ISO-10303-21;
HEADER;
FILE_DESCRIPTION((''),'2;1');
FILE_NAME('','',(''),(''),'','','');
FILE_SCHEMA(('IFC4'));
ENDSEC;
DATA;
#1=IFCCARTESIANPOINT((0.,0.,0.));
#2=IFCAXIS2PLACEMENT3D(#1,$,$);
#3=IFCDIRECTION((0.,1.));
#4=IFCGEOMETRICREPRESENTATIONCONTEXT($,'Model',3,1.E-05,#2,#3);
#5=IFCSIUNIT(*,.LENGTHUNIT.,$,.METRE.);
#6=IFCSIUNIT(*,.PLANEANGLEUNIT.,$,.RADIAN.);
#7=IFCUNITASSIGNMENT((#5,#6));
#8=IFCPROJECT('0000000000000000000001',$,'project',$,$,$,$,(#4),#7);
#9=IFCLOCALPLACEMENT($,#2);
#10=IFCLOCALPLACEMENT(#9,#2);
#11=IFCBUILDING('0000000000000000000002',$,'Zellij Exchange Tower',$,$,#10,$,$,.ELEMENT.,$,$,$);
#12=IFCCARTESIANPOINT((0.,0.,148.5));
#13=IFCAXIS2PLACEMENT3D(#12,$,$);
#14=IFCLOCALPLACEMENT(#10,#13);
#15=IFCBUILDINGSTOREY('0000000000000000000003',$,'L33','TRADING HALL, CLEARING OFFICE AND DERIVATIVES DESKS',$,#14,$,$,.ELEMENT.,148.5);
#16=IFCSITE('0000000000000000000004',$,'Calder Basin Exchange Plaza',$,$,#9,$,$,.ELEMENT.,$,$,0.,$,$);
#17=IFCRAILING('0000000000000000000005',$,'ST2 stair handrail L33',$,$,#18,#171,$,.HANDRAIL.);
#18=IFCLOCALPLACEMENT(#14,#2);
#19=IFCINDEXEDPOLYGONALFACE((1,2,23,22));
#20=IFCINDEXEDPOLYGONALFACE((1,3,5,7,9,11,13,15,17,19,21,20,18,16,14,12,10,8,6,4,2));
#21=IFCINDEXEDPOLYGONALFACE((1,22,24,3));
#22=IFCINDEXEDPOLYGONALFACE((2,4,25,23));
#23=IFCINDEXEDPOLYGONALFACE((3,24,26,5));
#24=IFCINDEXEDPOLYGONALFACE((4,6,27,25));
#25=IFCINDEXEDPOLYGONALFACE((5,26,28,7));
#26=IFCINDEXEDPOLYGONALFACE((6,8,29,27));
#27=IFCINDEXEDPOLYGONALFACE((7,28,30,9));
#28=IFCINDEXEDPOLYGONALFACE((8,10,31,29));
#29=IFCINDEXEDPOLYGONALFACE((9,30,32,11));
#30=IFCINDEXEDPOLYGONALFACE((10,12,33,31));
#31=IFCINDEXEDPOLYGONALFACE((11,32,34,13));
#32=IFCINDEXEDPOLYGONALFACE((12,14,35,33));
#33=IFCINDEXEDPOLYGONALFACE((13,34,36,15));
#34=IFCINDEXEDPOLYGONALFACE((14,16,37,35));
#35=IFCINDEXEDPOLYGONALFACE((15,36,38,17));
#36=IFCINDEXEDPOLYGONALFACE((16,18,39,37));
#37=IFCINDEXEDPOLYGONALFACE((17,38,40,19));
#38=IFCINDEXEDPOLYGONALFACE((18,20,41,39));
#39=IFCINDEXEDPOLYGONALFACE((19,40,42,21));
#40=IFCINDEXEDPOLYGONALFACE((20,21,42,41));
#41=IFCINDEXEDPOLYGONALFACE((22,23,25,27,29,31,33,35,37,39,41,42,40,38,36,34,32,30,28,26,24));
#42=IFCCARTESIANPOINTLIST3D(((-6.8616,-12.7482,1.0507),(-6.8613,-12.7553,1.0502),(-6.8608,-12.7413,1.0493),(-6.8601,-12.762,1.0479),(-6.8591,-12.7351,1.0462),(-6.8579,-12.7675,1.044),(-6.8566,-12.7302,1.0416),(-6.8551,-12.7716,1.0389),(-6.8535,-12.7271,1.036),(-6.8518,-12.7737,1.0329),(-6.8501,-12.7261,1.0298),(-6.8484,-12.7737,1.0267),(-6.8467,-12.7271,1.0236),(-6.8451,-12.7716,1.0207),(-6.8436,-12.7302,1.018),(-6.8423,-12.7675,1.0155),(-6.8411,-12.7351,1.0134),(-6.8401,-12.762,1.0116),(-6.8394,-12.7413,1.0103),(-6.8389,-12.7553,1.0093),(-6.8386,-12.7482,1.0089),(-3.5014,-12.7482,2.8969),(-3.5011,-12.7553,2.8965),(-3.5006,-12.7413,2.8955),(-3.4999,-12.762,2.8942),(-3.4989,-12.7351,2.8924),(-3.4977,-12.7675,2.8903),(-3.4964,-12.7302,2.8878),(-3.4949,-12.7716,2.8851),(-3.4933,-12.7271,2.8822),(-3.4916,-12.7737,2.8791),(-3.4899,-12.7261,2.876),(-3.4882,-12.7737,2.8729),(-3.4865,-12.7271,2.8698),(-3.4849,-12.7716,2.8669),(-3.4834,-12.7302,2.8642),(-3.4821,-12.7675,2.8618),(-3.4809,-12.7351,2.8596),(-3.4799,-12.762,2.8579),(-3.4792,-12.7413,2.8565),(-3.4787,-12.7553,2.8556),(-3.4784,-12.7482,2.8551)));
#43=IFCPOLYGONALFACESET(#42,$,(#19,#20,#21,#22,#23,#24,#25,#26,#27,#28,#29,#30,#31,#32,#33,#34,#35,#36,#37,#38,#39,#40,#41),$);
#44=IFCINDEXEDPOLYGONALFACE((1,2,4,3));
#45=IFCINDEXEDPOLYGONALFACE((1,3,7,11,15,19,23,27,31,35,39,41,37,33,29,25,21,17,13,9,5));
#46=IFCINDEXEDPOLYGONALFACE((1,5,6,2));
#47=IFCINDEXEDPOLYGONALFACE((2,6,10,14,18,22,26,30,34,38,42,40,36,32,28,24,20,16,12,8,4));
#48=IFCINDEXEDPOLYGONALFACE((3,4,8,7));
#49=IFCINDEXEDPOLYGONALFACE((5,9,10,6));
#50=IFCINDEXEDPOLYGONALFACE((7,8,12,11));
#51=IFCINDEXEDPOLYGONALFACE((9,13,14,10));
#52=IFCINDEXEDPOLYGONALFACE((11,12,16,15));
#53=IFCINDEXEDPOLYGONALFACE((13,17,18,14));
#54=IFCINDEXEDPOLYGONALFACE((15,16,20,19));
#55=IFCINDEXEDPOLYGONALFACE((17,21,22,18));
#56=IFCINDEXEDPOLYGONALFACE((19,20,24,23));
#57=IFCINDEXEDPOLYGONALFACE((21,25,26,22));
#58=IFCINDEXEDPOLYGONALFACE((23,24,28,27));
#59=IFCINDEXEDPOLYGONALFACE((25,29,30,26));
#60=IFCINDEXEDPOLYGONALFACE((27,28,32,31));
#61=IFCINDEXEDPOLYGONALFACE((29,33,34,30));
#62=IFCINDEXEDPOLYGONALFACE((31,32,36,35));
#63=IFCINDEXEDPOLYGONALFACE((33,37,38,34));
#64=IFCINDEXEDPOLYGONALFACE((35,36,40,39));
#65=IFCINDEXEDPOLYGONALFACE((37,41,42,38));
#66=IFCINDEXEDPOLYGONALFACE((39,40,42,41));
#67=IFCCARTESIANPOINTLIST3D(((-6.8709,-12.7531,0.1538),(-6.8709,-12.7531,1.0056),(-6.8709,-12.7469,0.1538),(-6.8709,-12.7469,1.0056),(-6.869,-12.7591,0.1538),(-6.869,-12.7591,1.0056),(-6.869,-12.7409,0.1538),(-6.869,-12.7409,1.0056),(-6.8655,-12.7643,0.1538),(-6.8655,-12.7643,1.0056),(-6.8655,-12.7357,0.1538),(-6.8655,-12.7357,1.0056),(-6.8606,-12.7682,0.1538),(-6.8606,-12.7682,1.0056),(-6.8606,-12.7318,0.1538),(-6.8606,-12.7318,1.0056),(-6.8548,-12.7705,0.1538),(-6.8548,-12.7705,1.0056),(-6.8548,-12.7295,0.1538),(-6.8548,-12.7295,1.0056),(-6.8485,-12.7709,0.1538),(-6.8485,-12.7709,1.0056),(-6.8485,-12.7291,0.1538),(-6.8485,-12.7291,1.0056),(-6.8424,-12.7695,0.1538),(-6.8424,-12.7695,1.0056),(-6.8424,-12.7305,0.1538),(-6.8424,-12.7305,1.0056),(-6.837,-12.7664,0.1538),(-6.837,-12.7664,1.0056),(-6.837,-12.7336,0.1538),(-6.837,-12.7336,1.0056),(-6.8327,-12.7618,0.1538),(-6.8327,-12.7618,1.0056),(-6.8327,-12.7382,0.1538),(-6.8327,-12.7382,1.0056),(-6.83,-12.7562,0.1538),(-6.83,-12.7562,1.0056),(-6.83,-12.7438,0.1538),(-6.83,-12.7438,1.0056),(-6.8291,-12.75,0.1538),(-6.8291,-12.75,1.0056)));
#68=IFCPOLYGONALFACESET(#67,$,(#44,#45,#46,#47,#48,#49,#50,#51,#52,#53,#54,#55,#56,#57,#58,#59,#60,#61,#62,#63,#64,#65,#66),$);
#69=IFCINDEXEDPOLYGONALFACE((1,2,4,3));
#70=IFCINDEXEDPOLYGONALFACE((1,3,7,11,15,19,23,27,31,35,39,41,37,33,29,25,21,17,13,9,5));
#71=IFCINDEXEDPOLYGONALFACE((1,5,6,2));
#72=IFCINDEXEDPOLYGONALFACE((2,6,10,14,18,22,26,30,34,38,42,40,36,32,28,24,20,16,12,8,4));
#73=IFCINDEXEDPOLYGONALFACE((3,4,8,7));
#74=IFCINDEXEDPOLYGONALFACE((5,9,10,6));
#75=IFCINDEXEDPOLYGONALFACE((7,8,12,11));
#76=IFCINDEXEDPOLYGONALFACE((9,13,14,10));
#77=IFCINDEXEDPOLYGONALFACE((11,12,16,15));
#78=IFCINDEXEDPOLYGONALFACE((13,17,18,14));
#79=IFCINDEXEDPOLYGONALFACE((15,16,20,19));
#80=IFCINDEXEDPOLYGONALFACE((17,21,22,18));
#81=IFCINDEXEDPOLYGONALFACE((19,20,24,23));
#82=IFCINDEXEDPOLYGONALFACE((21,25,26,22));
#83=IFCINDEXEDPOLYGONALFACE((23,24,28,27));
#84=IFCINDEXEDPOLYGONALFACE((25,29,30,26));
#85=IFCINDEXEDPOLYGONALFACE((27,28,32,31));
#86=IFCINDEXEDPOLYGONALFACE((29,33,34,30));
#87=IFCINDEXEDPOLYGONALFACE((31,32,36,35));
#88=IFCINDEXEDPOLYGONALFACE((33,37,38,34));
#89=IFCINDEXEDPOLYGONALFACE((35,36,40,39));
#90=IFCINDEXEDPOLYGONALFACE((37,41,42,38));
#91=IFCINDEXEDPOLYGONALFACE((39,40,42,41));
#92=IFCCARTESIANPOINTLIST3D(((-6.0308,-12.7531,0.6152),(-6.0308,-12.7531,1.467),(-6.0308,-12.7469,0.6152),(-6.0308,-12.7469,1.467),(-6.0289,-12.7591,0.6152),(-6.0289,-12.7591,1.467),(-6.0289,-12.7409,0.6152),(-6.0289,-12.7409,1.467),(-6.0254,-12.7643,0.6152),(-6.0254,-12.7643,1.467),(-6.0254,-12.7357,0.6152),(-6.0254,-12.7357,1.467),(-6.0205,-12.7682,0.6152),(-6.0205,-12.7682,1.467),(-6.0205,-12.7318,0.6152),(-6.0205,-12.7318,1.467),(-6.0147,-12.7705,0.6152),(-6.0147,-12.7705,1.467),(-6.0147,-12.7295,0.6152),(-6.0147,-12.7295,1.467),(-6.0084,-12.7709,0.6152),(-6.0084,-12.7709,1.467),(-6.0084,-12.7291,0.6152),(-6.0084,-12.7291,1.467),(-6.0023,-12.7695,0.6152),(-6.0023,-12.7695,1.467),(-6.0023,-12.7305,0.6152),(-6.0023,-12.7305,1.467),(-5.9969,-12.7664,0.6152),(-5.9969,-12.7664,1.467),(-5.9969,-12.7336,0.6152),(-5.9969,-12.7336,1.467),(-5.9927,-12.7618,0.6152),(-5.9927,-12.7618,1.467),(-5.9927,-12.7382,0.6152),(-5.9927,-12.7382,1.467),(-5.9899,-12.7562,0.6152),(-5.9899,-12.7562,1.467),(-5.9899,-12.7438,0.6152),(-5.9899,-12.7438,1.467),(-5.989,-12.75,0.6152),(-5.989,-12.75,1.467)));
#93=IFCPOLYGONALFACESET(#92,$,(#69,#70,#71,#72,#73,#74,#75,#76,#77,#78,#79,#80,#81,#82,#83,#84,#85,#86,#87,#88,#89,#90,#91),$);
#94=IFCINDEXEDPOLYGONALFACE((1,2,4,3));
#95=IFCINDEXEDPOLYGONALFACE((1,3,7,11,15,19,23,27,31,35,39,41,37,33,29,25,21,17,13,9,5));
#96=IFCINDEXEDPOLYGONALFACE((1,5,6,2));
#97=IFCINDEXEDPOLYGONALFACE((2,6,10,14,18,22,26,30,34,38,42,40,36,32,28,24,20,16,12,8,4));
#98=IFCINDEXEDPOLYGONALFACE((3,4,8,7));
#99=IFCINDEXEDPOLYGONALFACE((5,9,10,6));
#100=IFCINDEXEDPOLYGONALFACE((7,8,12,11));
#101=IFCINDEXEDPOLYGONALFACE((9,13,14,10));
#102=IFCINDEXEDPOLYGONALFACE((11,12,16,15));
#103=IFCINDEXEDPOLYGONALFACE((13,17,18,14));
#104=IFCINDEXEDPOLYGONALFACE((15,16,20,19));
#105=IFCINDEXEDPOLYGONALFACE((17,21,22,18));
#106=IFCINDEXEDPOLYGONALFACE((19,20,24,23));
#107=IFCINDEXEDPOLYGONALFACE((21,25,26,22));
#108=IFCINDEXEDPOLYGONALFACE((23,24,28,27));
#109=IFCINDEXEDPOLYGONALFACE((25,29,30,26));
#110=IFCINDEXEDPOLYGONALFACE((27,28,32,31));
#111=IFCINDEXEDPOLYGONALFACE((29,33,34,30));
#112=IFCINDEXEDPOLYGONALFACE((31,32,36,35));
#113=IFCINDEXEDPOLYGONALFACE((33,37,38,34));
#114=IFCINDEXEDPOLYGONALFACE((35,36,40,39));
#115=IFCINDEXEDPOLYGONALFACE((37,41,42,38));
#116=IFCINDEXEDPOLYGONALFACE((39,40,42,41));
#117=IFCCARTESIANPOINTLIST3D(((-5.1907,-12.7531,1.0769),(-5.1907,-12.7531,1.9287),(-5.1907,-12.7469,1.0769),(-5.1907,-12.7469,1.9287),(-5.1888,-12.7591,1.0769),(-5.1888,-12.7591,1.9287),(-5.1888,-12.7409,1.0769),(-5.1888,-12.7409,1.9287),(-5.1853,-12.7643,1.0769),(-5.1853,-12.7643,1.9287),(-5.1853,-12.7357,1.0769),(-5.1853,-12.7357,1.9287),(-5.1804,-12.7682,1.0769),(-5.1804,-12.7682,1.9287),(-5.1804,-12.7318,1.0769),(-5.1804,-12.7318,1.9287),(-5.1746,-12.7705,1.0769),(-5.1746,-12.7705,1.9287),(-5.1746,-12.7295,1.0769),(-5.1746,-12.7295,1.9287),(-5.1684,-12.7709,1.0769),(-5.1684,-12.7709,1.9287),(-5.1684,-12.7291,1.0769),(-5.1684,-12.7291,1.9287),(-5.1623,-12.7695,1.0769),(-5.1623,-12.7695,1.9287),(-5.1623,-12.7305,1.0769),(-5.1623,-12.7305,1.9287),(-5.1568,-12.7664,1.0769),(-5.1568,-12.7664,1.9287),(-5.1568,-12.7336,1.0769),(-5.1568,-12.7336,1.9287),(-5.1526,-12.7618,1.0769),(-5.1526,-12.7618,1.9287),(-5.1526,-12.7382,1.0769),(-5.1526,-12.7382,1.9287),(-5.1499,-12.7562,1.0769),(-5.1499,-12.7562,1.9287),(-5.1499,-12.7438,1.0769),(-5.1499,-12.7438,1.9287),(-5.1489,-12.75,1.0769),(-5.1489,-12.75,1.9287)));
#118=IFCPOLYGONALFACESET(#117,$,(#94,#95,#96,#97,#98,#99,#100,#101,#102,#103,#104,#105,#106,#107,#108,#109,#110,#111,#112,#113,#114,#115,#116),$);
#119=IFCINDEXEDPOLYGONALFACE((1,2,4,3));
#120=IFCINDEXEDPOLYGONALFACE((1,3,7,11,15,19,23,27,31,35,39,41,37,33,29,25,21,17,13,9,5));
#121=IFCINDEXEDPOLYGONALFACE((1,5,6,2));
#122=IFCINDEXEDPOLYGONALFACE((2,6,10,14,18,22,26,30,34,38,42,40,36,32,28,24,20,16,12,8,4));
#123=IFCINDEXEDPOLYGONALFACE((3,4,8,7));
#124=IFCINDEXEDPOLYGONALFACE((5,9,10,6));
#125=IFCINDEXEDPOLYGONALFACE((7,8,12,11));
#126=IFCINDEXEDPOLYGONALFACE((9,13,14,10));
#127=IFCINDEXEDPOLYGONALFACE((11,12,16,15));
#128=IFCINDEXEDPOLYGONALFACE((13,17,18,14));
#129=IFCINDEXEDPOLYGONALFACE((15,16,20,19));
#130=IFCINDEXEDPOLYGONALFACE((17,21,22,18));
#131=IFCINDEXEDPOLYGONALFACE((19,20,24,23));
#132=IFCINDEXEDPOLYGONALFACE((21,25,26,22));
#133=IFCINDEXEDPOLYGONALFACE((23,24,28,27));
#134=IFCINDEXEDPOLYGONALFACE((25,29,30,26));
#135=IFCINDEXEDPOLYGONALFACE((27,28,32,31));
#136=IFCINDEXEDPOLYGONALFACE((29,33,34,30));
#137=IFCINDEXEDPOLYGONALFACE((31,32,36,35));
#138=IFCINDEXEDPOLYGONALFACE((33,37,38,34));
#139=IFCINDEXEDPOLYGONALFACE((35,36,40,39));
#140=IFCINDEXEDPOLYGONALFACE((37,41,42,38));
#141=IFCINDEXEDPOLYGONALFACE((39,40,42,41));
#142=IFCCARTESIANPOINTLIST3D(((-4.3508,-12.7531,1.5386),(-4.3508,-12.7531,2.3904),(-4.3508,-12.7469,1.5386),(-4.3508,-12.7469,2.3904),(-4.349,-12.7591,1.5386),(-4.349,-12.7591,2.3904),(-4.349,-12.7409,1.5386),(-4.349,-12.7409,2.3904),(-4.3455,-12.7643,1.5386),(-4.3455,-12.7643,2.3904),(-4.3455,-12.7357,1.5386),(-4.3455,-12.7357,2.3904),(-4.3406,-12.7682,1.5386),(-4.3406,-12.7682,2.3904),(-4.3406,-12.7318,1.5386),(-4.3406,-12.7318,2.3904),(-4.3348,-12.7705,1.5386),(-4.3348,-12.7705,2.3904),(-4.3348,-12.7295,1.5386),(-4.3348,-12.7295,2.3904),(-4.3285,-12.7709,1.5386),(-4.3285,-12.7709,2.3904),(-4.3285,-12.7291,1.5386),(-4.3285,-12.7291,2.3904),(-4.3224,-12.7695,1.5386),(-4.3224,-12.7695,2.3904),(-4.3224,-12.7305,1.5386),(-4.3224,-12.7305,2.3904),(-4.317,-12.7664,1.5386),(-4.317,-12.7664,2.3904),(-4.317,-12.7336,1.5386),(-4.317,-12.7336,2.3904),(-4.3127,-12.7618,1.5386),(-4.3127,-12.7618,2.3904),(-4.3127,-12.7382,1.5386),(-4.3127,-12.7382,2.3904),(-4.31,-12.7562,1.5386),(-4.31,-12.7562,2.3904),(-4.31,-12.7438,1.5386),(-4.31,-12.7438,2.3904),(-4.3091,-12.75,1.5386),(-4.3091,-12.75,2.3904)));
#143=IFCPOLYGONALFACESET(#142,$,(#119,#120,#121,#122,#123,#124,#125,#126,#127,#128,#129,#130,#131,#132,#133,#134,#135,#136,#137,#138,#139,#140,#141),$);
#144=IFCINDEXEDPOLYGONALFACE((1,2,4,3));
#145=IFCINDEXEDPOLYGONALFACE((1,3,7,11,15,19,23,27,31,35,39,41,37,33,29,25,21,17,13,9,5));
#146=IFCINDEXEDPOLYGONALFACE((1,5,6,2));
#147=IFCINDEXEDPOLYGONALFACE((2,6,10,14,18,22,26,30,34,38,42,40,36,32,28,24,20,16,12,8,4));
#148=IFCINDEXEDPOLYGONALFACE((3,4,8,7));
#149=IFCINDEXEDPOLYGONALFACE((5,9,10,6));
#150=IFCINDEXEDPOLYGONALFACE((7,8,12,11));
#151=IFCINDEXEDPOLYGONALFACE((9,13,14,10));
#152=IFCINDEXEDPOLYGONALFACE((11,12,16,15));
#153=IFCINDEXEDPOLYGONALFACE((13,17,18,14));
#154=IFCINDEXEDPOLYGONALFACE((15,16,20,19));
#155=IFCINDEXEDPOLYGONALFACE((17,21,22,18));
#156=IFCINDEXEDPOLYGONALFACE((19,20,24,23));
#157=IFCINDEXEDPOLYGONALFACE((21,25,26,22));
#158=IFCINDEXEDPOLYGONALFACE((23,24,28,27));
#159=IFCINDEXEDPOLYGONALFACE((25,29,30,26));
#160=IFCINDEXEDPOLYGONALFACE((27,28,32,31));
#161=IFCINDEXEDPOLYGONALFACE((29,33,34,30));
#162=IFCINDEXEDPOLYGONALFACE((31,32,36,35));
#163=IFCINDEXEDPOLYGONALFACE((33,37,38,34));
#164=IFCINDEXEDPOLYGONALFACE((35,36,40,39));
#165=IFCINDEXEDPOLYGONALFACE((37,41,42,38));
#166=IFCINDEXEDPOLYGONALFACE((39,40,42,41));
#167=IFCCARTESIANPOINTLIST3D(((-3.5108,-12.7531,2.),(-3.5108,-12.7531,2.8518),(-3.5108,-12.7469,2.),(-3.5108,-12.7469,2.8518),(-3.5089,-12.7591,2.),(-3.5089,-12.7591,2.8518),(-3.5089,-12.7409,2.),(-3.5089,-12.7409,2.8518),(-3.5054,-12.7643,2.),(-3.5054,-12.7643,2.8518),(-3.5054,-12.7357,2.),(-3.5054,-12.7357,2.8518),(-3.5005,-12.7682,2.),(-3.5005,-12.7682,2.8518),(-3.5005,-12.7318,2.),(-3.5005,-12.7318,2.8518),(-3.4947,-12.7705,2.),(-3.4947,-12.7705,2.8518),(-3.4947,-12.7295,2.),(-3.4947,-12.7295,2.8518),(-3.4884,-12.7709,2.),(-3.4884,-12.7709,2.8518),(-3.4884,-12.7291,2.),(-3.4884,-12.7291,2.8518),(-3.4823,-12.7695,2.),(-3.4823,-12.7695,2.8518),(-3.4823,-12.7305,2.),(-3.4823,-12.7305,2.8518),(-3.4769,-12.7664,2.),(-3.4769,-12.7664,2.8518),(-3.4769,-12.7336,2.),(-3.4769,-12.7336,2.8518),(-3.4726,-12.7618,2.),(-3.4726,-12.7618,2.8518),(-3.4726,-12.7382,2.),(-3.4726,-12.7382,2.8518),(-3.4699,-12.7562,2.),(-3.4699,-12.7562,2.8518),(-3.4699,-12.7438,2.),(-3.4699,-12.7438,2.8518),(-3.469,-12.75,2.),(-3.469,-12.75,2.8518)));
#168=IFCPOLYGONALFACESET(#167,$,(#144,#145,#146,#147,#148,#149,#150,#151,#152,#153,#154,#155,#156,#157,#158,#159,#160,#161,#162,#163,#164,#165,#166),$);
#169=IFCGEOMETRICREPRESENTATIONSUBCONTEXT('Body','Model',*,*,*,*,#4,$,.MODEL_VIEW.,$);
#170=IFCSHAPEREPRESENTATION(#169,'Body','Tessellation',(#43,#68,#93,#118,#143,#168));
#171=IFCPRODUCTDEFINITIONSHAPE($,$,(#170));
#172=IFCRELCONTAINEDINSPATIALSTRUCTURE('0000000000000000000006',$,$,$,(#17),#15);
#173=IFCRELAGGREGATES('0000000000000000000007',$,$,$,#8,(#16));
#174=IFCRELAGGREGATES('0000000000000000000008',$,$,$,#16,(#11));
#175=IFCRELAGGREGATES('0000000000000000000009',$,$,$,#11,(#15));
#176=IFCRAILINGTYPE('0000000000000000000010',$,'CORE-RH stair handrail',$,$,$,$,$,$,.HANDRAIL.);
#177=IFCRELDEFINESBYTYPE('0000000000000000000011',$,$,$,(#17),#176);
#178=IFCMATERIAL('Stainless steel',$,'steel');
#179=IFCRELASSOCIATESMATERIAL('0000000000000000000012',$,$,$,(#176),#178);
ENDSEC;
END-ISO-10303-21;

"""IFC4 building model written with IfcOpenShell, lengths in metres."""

from ifc_helpers import new_model, si_unit, direction, frame, origin, origin_2d, place, context, subcontext, project, spatial, circle, extrude, material, type_object, element, save


model = new_model("IFC4")

# Units and contexts
model_context = context("Model", 3, precision=1e-05, world=origin(), true_north=direction((0.0, 1.0)))
body_context = subcontext(model_context, "Body", "Model", "MODEL_VIEW")
ifc_project = project(units=[si_unit("LENGTHUNIT", "METRE"), si_unit("PLANEANGLEUNIT", "RADIAN")], contexts=[model_context])

# Site, building, storey
site_placement = place(None, origin())
site = spatial("IfcSite", under=ifc_project, at=site_placement, Name="Calder Basin Exchange Plaza", CompositionType="ELEMENT", RefElevation=0.0)
building_placement = place(site_placement, origin())
building = spatial("IfcBuilding", under=site, at=building_placement, Name="Zellij Exchange Tower", CompositionType="ELEMENT")
storey_placement = place(building_placement, frame((0.0, 0.0, 148.5)))
storey = spatial("IfcBuildingStorey", under=building, at=storey_placement, Name="L33", Description="TRADING HALL, CLEARING OFFICE AND DERIVATIVES DESKS", CompositionType="ELEMENT", Elevation=148.5)

# Railing
ifc_material_1 = material(Name="Stainless steel", Category="steel")
railing_type_1 = type_object("IfcRailingType", Name="CORE-RH stair handrail", PredefinedType="HANDRAIL", material=ifc_material_1)
railing_1_placement = place(storey_placement, frame((-6.8501, -12.75, 0.1538)))
element("IfcRailing", 1, at=railing_1_placement, inside=storey, type_object=railing_type_1, Name="ST2 stair handrail L33", PredefinedType="HANDRAIL", context=body_context, shape_type="SweptSolid", body=[
    extrude(circle(Radius=0.0239, at=origin_2d()), frame((0.0, 0.0, 0.876), z_axis=(0.876422, 0.0, 0.481545), x_axis=(0.0, 1.0, 0.0)), (0.0, 0.0, 1.0), 3.834),
    extrude(circle(Radius=0.021, at=origin_2d()), origin(), (0.0, 0.0, 1.0), 0.8518),
    extrude(circle(Radius=0.021, at=origin_2d()), frame((0.8401, 0.0, 0.4614)), (0.0, 0.0, 1.0), 0.8518),
    extrude(circle(Radius=0.021, at=origin_2d()), frame((1.6802, 0.0, 0.9231)), (0.0, 0.0, 1.0), 0.8518),
    extrude(circle(Radius=0.021, at=origin_2d()), frame((2.52, 0.0, 1.3848)), (0.0, 0.0, 1.0), 0.8518),
    extrude(circle(Radius=0.021, at=origin_2d()), frame((3.3601, 0.0, 1.8462)), (0.0, 0.0, 1.0), 0.8518),
])

save(model, "model.ifc")
